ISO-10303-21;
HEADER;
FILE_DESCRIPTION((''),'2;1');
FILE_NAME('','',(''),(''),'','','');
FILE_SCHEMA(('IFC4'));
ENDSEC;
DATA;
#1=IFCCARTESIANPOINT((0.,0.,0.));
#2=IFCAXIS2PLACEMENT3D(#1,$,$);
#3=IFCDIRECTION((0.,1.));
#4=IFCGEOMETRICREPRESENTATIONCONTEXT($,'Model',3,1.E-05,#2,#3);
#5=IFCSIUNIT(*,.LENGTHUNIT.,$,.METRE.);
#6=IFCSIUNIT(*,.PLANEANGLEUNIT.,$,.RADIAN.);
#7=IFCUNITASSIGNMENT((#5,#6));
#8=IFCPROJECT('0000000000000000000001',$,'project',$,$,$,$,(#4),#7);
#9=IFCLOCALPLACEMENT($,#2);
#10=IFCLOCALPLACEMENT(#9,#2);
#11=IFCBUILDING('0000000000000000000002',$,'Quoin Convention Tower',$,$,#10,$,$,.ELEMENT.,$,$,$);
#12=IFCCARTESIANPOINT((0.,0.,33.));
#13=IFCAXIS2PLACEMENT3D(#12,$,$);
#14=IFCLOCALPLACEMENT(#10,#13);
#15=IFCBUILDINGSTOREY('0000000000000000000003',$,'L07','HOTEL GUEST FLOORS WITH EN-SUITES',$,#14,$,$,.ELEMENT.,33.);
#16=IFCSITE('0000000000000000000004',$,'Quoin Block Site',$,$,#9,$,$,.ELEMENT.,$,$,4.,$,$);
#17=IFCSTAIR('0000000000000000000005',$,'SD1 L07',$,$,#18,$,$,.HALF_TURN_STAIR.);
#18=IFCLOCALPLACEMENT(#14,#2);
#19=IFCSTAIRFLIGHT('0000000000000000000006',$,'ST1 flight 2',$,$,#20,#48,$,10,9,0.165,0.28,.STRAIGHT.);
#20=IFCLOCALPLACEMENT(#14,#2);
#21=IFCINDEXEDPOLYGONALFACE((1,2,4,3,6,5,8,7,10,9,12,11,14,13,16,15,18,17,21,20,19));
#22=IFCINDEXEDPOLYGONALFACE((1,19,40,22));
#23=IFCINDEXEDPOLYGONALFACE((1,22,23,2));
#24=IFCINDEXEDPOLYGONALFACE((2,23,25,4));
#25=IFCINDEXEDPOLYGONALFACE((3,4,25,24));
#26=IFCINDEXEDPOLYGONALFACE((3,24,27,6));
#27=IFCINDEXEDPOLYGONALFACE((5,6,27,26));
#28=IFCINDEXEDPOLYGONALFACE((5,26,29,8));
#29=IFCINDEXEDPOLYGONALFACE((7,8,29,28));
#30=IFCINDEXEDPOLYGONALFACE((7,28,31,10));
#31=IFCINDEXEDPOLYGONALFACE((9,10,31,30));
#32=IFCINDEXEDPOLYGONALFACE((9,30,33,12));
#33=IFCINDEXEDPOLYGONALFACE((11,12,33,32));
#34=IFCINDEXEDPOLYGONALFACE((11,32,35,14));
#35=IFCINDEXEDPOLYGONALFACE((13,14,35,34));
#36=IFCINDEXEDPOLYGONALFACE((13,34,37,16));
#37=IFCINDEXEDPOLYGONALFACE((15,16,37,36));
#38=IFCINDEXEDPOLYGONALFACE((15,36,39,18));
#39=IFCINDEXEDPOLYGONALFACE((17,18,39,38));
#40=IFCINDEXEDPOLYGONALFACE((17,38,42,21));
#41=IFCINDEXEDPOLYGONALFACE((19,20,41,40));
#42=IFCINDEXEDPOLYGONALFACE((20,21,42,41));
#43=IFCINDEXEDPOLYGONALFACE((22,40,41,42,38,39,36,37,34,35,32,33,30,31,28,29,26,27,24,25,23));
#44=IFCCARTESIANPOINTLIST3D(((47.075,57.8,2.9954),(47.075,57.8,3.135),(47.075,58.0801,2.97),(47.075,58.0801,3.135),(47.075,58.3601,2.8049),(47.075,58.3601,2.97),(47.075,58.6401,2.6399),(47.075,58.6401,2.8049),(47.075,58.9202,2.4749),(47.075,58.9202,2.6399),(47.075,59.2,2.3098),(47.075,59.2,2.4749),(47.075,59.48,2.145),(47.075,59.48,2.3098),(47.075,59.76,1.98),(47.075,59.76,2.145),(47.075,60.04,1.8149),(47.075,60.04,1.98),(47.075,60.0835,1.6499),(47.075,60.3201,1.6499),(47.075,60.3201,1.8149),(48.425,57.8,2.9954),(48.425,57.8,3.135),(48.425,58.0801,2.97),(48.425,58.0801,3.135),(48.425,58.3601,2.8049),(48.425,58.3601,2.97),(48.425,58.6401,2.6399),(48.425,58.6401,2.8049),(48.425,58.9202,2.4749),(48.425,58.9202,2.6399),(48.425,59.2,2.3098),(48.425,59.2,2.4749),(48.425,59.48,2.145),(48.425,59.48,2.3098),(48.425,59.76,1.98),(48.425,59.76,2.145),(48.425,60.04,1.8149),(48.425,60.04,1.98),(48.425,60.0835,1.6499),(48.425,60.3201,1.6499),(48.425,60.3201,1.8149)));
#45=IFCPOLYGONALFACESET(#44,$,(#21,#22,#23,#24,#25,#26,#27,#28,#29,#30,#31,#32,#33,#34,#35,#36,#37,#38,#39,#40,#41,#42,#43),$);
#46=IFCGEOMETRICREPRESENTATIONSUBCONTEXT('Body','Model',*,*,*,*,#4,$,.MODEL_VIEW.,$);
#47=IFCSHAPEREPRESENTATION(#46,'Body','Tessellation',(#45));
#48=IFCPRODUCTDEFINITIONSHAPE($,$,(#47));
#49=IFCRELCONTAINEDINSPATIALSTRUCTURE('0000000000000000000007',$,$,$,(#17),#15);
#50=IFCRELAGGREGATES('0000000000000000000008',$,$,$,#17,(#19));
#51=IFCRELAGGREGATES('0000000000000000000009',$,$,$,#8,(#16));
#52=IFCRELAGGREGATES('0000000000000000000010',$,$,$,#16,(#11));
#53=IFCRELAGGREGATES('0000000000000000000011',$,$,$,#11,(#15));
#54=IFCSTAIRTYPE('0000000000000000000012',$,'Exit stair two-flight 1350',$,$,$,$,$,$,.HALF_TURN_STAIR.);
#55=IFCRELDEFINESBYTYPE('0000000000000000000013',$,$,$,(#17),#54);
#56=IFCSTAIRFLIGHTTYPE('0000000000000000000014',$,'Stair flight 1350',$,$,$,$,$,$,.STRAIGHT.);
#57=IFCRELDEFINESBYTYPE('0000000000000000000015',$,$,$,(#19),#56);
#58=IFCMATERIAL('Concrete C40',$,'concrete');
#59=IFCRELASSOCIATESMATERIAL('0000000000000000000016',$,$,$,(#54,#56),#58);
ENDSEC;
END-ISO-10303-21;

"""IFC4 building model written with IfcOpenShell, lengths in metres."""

from ifc_helpers import new_model, si_unit, direction, frame, origin, place, context, subcontext, project, spatial, polyline, outline, extrude, material, type_object, element, aggregate, save


model = new_model("IFC4")

# Units and contexts
model_context = context("Model", 3, precision=1e-05, world=origin(), true_north=direction((0.0, 1.0)))
body_context = subcontext(model_context, "Body", "Model", "MODEL_VIEW")
ifc_project = project(units=[si_unit("LENGTHUNIT", "METRE"), si_unit("PLANEANGLEUNIT", "RADIAN")], contexts=[model_context])

# Site, building, storey
site_placement = place(None, origin())
site = spatial("IfcSite", under=ifc_project, at=site_placement, Name="Quoin Block Site", CompositionType="ELEMENT", RefElevation=4.0)
building_placement = place(site_placement, origin())
building = spatial("IfcBuilding", under=site, at=building_placement, Name="Quoin Convention Tower", CompositionType="ELEMENT")
storey_placement = place(building_placement, frame((0.0, 0.0, 33.0)))
storey = spatial("IfcBuildingStorey", under=building, at=storey_placement, Name="L07", Description="HOTEL GUEST FLOORS WITH EN-SUITES", CompositionType="ELEMENT", Elevation=33.0)

# Stair, stair flight
ifc_material_1 = material(Name="Concrete C40", Category="concrete")
stair_type = type_object("IfcStairType", Name="Exit stair two-flight 1350", PredefinedType="HALF_TURN_STAIR", material=ifc_material_1)
stair_placement = place(storey_placement, origin())
stair = element("IfcStair", 1, at=stair_placement, inside=storey, type_object=stair_type, Name="SD1 L07", PredefinedType="HALF_TURN_STAIR")
stair_flight_type = type_object("IfcStairFlightType", Name="Stair flight 1350", PredefinedType="STRAIGHT", material=ifc_material_1)
stair_flight_placement = place(storey_placement, frame((47.75, 60.3201, 1.6499), z_axis=(0.0, 0.0, 1.0), x_axis=(0.0, -1.0, 0.0)))
stair_flight = element("IfcStairFlight", 2, at=stair_flight_placement, type_object=stair_flight_type, Name="ST1 flight 2", NumberOfRisers=10, NumberOfTreads=9, PredefinedType="STRAIGHT", RiserHeight=0.165, TreadLength=0.28, context=body_context, shape_type="SweptSolid", body=[
    extrude(outline(polyline([(0.0, 0.0), (0.0, 0.165), (0.28, 0.165), (0.28, 0.3301), (0.5601, 0.3301), (0.5601, 0.4951), (0.8401, 0.4951), (0.8401, 0.6599), (1.1201, 0.6599), (1.1201, 0.825), (1.3999, 0.825), (1.3999, 0.99), (1.6799, 0.99), (1.6799, 1.155), (1.96, 1.155), (1.96, 1.3201), (2.24, 1.3201), (2.24, 1.4851), (2.52, 1.4851), (2.52, 1.6499), (2.52, 1.3455), (0.2366, 0.0), (0.0, 0.0)])), frame((0.0, 0.675, 0.0), z_axis=(0.0, -1.0, 0.0), x_axis=(1.0, 0.0, 0.0)), (0.0, 0.0, 1.0), 1.3501),
])
aggregate(stair, [stair_flight])

save(model, "model.ifc")
